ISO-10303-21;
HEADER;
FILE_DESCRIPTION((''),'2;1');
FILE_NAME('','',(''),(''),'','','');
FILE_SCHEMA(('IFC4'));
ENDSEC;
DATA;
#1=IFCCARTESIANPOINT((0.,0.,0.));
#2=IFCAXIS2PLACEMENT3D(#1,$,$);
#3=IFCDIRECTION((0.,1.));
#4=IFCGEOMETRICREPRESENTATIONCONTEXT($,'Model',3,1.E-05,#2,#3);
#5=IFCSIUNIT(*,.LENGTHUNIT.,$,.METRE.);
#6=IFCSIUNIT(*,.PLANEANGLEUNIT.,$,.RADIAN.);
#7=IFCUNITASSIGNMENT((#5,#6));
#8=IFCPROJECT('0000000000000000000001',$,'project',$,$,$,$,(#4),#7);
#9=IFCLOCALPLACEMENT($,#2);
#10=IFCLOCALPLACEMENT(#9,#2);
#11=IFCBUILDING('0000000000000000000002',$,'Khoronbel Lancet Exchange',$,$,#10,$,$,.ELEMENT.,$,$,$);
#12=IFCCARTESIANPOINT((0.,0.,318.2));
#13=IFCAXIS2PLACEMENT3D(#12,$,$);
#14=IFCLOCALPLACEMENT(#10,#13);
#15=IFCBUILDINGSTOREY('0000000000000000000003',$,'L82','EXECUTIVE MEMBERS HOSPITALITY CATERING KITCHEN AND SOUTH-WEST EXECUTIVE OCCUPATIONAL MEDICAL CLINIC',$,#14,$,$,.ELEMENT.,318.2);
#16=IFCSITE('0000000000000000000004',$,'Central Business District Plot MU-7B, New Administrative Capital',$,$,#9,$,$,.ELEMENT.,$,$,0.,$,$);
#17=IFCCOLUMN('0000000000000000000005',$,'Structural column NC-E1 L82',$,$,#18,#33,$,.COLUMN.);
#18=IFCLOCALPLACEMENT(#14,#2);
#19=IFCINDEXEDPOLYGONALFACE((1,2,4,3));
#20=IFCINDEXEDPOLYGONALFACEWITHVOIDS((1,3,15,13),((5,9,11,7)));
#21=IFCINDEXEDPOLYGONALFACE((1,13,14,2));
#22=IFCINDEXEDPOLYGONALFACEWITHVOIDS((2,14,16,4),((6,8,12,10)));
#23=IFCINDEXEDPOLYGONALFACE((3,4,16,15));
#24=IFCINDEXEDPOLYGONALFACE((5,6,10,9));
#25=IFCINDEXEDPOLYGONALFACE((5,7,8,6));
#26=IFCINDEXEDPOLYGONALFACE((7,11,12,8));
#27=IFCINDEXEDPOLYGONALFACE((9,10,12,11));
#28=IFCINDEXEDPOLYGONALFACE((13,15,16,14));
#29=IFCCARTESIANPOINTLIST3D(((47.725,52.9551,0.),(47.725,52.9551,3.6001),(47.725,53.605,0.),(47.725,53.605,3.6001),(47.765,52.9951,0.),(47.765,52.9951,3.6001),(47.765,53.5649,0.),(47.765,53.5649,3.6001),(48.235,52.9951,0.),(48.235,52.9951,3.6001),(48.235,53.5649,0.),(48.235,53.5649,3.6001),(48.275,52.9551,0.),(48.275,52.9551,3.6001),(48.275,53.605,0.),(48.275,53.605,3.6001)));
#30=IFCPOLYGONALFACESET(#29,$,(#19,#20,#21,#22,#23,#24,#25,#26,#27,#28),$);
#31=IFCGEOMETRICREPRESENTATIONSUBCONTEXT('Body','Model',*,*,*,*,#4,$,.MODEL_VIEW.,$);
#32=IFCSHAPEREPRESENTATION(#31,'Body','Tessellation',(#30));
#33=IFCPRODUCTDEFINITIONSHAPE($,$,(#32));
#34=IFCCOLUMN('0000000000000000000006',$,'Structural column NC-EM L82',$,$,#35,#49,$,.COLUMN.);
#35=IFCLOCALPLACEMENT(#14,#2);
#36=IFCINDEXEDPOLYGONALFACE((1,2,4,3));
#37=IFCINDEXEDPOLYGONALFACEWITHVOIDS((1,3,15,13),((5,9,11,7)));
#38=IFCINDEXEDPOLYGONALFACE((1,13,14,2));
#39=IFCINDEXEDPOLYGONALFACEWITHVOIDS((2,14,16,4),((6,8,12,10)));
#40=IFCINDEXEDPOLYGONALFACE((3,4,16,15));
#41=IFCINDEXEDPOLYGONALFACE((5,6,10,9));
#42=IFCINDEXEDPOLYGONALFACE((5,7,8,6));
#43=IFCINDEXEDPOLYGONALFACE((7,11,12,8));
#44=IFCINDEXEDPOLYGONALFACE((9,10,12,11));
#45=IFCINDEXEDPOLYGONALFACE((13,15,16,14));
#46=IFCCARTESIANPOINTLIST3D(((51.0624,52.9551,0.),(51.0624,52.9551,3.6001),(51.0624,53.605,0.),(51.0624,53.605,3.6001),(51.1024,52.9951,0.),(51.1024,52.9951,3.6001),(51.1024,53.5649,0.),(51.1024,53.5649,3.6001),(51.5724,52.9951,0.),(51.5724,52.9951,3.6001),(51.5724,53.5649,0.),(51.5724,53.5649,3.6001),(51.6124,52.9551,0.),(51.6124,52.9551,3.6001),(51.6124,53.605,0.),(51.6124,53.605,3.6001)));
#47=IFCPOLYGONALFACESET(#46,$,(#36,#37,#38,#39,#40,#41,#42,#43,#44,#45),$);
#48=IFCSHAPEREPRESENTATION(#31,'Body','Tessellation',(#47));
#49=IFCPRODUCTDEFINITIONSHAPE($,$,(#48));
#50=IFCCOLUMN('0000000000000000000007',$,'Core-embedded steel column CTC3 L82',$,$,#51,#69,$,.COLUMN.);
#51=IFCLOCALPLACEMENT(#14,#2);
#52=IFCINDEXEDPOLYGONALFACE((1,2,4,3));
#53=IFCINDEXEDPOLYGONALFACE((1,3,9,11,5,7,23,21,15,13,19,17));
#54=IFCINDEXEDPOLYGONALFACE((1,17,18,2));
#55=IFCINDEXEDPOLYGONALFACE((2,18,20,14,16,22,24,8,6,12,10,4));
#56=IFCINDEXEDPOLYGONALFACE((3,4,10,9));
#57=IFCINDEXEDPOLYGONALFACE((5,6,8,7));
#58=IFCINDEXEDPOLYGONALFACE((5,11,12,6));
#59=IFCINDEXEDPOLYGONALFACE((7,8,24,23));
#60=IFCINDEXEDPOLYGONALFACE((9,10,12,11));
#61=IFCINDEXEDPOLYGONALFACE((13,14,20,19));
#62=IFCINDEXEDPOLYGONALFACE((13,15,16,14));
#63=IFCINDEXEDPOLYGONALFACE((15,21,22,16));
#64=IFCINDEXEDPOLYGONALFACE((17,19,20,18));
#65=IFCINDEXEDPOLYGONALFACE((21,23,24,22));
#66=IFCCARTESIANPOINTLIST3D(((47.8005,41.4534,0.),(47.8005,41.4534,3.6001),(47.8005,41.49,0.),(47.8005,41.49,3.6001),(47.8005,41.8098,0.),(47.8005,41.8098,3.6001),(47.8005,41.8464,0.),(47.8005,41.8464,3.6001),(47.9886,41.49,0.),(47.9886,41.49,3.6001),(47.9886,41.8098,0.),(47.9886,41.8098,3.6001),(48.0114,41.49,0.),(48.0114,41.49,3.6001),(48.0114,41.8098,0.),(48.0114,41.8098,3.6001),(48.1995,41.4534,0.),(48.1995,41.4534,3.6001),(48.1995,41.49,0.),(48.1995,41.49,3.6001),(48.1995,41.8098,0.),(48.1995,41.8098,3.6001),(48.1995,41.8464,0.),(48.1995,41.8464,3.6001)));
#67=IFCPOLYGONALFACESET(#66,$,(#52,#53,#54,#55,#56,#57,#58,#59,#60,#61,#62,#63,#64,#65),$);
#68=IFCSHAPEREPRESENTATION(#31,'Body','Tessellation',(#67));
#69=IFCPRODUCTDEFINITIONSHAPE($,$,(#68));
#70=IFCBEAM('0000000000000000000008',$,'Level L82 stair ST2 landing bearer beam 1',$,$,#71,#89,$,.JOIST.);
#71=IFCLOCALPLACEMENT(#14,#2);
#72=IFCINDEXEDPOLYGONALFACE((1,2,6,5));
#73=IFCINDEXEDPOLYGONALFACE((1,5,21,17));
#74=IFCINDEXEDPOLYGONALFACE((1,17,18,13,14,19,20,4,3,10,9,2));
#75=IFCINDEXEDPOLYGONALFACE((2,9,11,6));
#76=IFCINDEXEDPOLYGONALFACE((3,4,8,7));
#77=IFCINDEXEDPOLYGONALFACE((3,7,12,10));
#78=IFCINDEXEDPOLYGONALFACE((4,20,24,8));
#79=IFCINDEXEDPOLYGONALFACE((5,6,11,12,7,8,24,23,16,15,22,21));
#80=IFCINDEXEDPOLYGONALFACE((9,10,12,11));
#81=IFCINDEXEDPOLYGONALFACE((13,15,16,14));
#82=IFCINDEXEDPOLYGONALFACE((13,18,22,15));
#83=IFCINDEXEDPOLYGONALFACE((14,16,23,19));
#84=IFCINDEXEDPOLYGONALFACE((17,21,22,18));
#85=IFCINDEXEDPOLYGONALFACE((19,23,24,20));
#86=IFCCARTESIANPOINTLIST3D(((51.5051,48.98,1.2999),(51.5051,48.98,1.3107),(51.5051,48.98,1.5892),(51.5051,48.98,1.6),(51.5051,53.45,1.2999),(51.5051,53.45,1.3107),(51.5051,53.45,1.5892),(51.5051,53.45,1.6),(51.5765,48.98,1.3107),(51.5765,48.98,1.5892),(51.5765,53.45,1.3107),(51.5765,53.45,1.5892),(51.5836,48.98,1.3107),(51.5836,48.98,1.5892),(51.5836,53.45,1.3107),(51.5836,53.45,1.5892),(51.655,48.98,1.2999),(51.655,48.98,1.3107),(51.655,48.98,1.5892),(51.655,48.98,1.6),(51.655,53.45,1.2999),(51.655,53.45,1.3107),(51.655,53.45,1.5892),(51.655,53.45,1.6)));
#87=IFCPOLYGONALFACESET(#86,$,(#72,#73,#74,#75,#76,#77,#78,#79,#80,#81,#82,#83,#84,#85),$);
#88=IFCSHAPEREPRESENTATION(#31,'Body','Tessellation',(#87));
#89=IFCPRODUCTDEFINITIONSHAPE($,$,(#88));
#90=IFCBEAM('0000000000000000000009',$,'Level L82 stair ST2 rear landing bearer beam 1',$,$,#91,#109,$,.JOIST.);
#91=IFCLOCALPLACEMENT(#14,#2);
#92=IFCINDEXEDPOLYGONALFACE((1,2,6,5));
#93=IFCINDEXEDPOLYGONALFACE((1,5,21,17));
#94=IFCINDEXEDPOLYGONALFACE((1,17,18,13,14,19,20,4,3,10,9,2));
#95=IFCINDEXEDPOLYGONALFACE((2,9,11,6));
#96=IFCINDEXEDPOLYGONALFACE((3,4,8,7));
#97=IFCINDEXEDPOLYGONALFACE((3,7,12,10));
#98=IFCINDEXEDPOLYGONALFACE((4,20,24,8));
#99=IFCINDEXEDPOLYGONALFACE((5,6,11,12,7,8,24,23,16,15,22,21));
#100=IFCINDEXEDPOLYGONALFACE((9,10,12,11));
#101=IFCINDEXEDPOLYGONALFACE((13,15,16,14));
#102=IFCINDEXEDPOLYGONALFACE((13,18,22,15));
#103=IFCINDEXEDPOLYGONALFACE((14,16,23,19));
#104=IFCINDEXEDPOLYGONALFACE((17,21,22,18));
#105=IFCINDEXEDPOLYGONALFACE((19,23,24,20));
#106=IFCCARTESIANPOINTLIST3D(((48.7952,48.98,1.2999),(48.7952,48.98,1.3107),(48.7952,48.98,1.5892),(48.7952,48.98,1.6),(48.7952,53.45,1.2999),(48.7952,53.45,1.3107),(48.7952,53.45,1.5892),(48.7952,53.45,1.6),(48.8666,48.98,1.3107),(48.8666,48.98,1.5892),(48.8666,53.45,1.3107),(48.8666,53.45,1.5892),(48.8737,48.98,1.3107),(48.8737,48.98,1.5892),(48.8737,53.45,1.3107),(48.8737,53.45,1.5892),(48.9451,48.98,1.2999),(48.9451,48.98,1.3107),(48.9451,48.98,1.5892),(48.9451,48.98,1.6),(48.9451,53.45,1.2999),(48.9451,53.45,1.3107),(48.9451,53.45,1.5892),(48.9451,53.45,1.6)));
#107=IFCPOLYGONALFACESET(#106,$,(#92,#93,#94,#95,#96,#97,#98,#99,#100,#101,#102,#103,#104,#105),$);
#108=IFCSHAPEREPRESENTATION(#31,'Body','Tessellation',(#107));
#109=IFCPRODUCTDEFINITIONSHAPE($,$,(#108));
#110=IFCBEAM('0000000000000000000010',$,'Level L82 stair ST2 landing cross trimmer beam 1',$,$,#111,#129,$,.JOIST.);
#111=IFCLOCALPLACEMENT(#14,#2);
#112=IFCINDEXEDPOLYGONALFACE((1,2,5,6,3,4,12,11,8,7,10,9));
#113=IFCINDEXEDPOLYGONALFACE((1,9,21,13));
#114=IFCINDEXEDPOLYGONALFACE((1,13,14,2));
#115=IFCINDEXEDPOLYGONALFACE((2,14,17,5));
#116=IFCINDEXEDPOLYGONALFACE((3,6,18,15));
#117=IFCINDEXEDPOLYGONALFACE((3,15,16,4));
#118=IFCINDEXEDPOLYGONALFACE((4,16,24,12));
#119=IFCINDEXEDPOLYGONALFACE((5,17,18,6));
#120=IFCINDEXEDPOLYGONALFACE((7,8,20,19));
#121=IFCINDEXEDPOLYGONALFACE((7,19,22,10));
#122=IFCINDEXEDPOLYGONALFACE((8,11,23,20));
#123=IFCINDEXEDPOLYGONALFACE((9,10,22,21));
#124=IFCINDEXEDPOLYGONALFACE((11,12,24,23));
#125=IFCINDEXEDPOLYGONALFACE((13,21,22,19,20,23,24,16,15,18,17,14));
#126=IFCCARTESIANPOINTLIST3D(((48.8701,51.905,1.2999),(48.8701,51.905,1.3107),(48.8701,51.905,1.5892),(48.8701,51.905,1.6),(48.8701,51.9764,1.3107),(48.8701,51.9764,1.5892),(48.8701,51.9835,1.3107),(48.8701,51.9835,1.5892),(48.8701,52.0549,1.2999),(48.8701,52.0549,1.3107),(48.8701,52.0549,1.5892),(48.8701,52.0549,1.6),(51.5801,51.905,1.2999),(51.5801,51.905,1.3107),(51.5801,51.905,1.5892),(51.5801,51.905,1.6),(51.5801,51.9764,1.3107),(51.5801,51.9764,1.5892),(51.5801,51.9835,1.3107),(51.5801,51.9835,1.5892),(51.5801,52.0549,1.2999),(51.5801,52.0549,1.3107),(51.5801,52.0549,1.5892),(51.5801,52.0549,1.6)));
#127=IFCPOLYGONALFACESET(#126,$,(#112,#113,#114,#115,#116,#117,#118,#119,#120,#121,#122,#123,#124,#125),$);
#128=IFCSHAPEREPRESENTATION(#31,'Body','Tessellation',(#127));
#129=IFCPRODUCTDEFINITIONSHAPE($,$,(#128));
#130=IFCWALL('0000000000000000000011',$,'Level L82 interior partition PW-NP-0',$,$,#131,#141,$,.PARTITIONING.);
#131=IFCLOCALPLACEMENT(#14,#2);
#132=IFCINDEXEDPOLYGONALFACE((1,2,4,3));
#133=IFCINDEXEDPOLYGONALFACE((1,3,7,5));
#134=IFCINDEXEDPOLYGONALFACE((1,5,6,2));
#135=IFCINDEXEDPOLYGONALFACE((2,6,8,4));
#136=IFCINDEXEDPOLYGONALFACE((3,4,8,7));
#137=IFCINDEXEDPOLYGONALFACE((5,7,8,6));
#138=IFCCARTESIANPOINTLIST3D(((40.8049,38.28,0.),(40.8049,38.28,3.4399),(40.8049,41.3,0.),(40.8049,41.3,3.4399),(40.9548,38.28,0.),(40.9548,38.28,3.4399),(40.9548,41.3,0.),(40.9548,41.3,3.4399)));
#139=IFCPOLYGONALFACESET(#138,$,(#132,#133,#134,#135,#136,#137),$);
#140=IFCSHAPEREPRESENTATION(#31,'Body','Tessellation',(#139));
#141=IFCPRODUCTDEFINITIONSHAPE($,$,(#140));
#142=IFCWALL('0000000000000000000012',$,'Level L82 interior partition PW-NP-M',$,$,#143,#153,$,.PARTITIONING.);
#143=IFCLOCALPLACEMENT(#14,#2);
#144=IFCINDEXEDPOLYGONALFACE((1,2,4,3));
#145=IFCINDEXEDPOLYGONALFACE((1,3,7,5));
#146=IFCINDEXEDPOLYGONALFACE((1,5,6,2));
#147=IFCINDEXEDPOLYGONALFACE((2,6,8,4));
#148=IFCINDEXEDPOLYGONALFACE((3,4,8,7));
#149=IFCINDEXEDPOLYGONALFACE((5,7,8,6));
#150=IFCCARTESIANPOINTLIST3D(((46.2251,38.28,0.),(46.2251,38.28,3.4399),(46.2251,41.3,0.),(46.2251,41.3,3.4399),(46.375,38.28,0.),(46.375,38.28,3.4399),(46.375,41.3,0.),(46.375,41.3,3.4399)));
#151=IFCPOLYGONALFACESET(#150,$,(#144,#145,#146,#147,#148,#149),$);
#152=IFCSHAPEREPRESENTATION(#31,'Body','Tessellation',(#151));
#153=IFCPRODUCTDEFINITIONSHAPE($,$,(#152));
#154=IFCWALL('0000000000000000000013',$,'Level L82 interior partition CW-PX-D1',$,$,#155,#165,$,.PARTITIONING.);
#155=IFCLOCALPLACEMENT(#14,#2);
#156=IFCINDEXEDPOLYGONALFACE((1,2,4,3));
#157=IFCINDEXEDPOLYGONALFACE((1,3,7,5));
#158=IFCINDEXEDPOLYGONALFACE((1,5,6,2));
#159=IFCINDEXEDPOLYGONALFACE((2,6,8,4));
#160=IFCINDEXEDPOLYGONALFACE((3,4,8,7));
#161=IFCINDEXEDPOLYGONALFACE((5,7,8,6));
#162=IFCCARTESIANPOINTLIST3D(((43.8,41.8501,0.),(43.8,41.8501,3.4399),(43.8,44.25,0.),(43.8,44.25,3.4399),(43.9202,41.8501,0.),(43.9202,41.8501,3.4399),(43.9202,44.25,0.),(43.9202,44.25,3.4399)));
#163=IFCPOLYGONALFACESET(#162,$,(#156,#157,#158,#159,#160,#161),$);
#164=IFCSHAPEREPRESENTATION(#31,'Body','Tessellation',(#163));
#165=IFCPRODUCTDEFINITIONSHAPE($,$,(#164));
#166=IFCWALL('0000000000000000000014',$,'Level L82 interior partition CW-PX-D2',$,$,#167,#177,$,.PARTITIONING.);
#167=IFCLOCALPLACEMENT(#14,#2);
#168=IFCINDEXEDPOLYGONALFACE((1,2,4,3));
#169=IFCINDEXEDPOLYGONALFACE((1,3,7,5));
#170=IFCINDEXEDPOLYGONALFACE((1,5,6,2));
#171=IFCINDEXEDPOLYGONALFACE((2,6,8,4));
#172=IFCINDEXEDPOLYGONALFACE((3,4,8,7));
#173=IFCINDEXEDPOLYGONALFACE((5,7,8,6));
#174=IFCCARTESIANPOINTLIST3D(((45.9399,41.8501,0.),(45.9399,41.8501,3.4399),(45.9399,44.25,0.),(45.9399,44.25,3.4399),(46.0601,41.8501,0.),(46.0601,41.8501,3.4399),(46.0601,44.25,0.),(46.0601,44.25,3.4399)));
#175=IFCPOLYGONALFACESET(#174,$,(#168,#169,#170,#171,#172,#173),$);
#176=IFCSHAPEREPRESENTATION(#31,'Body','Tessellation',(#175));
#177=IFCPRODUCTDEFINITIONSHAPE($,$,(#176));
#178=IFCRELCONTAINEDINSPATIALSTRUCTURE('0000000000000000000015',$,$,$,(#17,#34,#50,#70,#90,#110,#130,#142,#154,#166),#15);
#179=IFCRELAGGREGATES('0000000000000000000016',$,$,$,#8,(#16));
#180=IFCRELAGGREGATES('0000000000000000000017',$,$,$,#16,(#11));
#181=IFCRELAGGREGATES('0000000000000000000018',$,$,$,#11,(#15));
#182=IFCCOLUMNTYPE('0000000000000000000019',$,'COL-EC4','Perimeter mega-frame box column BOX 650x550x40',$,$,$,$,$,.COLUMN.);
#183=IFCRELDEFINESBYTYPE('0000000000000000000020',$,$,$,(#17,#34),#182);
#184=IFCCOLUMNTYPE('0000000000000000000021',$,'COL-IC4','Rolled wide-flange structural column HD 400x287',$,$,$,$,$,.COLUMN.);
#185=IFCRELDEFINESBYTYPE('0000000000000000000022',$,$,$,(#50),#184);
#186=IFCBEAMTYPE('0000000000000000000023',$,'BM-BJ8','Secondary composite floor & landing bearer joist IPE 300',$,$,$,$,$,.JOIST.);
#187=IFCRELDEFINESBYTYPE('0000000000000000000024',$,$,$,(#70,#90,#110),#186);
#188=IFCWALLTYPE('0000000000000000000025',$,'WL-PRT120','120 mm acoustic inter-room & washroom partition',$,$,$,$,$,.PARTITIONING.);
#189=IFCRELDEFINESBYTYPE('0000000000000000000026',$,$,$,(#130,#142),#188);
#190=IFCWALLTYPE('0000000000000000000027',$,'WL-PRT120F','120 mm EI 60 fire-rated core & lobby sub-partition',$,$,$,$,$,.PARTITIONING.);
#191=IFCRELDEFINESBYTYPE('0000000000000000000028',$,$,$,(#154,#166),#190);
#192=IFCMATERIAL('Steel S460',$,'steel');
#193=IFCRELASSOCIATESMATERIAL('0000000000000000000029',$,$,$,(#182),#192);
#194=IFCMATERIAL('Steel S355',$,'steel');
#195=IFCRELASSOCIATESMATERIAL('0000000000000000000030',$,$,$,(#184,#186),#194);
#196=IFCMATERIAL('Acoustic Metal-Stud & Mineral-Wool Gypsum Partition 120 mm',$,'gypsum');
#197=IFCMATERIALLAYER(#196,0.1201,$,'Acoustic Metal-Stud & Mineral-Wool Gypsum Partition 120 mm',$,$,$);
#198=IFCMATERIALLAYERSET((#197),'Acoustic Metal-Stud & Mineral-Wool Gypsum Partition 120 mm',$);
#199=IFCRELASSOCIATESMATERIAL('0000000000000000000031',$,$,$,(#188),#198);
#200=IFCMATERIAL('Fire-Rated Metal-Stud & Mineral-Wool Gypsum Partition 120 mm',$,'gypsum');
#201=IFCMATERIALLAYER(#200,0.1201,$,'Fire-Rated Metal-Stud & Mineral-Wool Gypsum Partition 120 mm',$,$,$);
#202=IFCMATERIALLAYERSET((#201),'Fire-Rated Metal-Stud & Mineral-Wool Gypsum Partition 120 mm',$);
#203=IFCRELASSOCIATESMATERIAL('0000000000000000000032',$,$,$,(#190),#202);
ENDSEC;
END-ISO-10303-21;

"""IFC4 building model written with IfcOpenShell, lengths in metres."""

from ifc_helpers import new_model, si_unit, direction, frame, frame_2d, origin, origin_2d, place, context, subcontext, project, spatial, rectangle, hollow_rectangle, i_section, extrude, material, layer, layer_set, material_profile, profile_set, type_object, element, save


model = new_model("IFC4")

# Units and contexts
model_context = context("Model", 3, precision=1e-05, world=origin(), true_north=direction((0.0, 1.0)))
body_context = subcontext(model_context, "Body", "Model", "MODEL_VIEW")
ifc_project = project(units=[si_unit("LENGTHUNIT", "METRE"), si_unit("PLANEANGLEUNIT", "RADIAN")], contexts=[model_context])

# Site, building, storey
site_placement = place(None, origin())
site = spatial("IfcSite", under=ifc_project, at=site_placement, Name="Central Business District Plot MU-7B, New Administrative Capital", CompositionType="ELEMENT", RefElevation=0.0)
building_placement = place(site_placement, origin())
building = spatial("IfcBuilding", under=site, at=building_placement, Name="Khoronbel Lancet Exchange", CompositionType="ELEMENT")
storey_placement = place(building_placement, frame((0.0, 0.0, 318.2)))
storey = spatial("IfcBuildingStorey", under=building, at=storey_placement, Name="L82", Description="EXECUTIVE MEMBERS HOSPITALITY CATERING KITCHEN AND SOUTH-WEST EXECUTIVE OCCUPATIONAL MEDICAL CLINIC", CompositionType="ELEMENT", Elevation=318.2)

# Columns
ifc_material_1 = material(Name="Steel S460", Category="steel")
ifc_material_profile_1 = material_profile(ifc_material_1, hollow_rectangle(XDim=0.55, YDim=0.6499, WallThickness=0.04, at=origin_2d()), Name="BOX 650x550x40")
ifc_profile_set_1 = profile_set([ifc_material_profile_1], Name="Steel S460")
column_type_1 = type_object("IfcColumnType", Name="COL-EC4", Description="Perimeter mega-frame box column BOX 650x550x40", PredefinedType="COLUMN", material=ifc_profile_set_1)
for number, where, z_axis, x_axis, name in (
    (1, (48.0, 53.28, 0.0), (0.0, 0.0, 1.0), (1.0, 0.0, 0.0), "Structural column NC-E1 L82"),
    (2, (51.3374, 53.28, 0.0), (0.0, 0.0, 1.0), (1.0, 0.0, 0.0), "Structural column NC-EM L82"),
):
    element("IfcColumn", number, at=place(storey_placement, frame(where, z_axis=z_axis, x_axis=x_axis)), inside=storey, type_object=column_type_1, Name=name, PredefinedType="COLUMN", context=body_context, shape_type="SweptSolid", body=[
        extrude(hollow_rectangle(XDim=0.55, YDim=0.6499, WallThickness=0.04, at=origin_2d()), origin(), (0.0, 0.0, 1.0), 3.6001),
    ])
ifc_material_2 = material(Name="Steel S355", Category="steel")
ifc_material_profile_2 = material_profile(ifc_material_2, i_section(OverallWidth=0.3989, OverallDepth=0.3931, WebThickness=0.0227, FlangeThickness=0.0366, at=origin_2d()), Name="HD 400x287")
ifc_profile_set_2 = profile_set([ifc_material_profile_2], Name="Steel S355")
column_type_2 = type_object("IfcColumnType", Name="COL-IC4", Description="Rolled wide-flange structural column HD 400x287", PredefinedType="COLUMN", material=ifc_profile_set_2)
column_placement = place(storey_placement, frame((48.0, 41.6499, 0.0), z_axis=(0.0, 0.0, 1.0), x_axis=(1.0, 0.0, 0.0)))
element("IfcColumn", 3, at=column_placement, inside=storey, type_object=column_type_2, Name="Core-embedded steel column CTC3 L82", PredefinedType="COLUMN", context=body_context, shape_type="SweptSolid", body=[
    extrude(i_section(OverallWidth=0.3989, OverallDepth=0.3931, WebThickness=0.0227, FlangeThickness=0.0366, at=origin_2d()), origin(), (0.0, 0.0, 1.0), 3.6001),
])

# Beams
ifc_material_profile_3 = material_profile(ifc_material_2, i_section(OverallWidth=0.1499, OverallDepth=0.3, WebThickness=0.0071, FlangeThickness=0.0107, at=origin_2d()), Name="IPE 300")
ifc_profile_set_3 = profile_set([ifc_material_profile_3], Name="Steel S355")
beam_type = type_object("IfcBeamType", Name="BM-BJ8", Description="Secondary composite floor & landing bearer joist IPE 300", PredefinedType="JOIST", material=ifc_profile_set_3)
for number, where, z_axis, x_axis, name in (
    (4, (51.5801, 48.98, 1.45), (0.0, 1.0, 0.0), (-1.0, 0.0, 0.0), "Level L82 stair ST2 landing bearer beam 1"),
    (5, (48.8701, 48.98, 1.45), (0.0, 1.0, 0.0), (-1.0, 0.0, 0.0), "Level L82 stair ST2 rear landing bearer beam 1"),
):
    element("IfcBeam", number, at=place(storey_placement, frame(where, z_axis=z_axis, x_axis=x_axis)), inside=storey, type_object=beam_type, Name=name, PredefinedType="JOIST", context=body_context, shape_type="SweptSolid", body=[
        extrude(i_section(OverallWidth=0.1499, OverallDepth=0.3, WebThickness=0.0071, FlangeThickness=0.0107, at=origin_2d()), origin(), (0.0, 0.0, 1.0), 4.47),
    ])
beam_placement = place(storey_placement, frame((48.8701, 51.98, 1.45), z_axis=(1.0, 0.0, 0.0), x_axis=(0.0, 1.0, 0.0)))
element("IfcBeam", 6, at=beam_placement, inside=storey, type_object=beam_type, Name="Level L82 stair ST2 landing cross trimmer beam 1", PredefinedType="JOIST", context=body_context, shape_type="SweptSolid", body=[
    extrude(i_section(OverallWidth=0.1499, OverallDepth=0.3, WebThickness=0.0071, FlangeThickness=0.0107, at=origin_2d()), origin(), (0.0, 0.0, 1.0), 2.71),
])

# Walls
ifc_material_3 = material(Name="Acoustic Metal-Stud & Mineral-Wool Gypsum Partition 120 mm", Category="gypsum")
ifc_layer_1 = layer(ifc_material_3, 0.1201, Name="Acoustic Metal-Stud & Mineral-Wool Gypsum Partition 120 mm")
ifc_layer_set_1 = layer_set([ifc_layer_1], Name="Acoustic Metal-Stud & Mineral-Wool Gypsum Partition 120 mm")
wall_type_1 = type_object("IfcWallType", Name="WL-PRT120", Description="120 mm acoustic inter-room & washroom partition", PredefinedType="PARTITIONING", material=ifc_layer_set_1)
for number, where, z_axis, x_axis, name in (
    (7, (40.8799, 38.28, 0.0), (0.0, 0.0, 1.0), (0.0, 1.0, 0.0), "Level L82 interior partition PW-NP-0"),
    (8, (46.3, 38.28, 0.0), (0.0, 0.0, 1.0), (0.0, 1.0, 0.0), "Level L82 interior partition PW-NP-M"),
):
    element("IfcWall", number, at=place(storey_placement, frame(where, z_axis=z_axis, x_axis=x_axis)), inside=storey, type_object=wall_type_1, Name=name, PredefinedType="PARTITIONING", context=body_context, shape_type="SweptSolid", body=[
        extrude(rectangle(XDim=3.02, YDim=0.1499, at=frame_2d((1.51, 0.0))), origin(), (0.0, 0.0, 1.0), 3.4399),
    ])
ifc_material_4 = material(Name="Fire-Rated Metal-Stud & Mineral-Wool Gypsum Partition 120 mm", Category="gypsum")
ifc_layer_2 = layer(ifc_material_4, 0.1201, Name="Fire-Rated Metal-Stud & Mineral-Wool Gypsum Partition 120 mm")
ifc_layer_set_2 = layer_set([ifc_layer_2], Name="Fire-Rated Metal-Stud & Mineral-Wool Gypsum Partition 120 mm")
wall_type_2 = type_object("IfcWallType", Name="WL-PRT120F", Description="120 mm EI 60 fire-rated core & lobby sub-partition", PredefinedType="PARTITIONING", material=ifc_layer_set_2)
for number, where, z_axis, x_axis, name in (
    (9, (43.8601, 41.8501, 0.0), (0.0, 0.0, 1.0), (0.0, 1.0, 0.0), "Level L82 interior partition CW-PX-D1"),
    (10, (46.0, 41.8501, 0.0), (0.0, 0.0, 1.0), (0.0, 1.0, 0.0), "Level L82 interior partition CW-PX-D2"),
):
    element("IfcWall", number, at=place(storey_placement, frame(where, z_axis=z_axis, x_axis=x_axis)), inside=storey, type_object=wall_type_2, Name=name, PredefinedType="PARTITIONING", context=body_context, shape_type="SweptSolid", body=[
        extrude(rectangle(XDim=2.3999, YDim=0.1201, at=frame_2d((1.2, 0.0))), origin(), (0.0, 0.0, 1.0), 3.4399),
    ])

save(model, "model.ifc")
